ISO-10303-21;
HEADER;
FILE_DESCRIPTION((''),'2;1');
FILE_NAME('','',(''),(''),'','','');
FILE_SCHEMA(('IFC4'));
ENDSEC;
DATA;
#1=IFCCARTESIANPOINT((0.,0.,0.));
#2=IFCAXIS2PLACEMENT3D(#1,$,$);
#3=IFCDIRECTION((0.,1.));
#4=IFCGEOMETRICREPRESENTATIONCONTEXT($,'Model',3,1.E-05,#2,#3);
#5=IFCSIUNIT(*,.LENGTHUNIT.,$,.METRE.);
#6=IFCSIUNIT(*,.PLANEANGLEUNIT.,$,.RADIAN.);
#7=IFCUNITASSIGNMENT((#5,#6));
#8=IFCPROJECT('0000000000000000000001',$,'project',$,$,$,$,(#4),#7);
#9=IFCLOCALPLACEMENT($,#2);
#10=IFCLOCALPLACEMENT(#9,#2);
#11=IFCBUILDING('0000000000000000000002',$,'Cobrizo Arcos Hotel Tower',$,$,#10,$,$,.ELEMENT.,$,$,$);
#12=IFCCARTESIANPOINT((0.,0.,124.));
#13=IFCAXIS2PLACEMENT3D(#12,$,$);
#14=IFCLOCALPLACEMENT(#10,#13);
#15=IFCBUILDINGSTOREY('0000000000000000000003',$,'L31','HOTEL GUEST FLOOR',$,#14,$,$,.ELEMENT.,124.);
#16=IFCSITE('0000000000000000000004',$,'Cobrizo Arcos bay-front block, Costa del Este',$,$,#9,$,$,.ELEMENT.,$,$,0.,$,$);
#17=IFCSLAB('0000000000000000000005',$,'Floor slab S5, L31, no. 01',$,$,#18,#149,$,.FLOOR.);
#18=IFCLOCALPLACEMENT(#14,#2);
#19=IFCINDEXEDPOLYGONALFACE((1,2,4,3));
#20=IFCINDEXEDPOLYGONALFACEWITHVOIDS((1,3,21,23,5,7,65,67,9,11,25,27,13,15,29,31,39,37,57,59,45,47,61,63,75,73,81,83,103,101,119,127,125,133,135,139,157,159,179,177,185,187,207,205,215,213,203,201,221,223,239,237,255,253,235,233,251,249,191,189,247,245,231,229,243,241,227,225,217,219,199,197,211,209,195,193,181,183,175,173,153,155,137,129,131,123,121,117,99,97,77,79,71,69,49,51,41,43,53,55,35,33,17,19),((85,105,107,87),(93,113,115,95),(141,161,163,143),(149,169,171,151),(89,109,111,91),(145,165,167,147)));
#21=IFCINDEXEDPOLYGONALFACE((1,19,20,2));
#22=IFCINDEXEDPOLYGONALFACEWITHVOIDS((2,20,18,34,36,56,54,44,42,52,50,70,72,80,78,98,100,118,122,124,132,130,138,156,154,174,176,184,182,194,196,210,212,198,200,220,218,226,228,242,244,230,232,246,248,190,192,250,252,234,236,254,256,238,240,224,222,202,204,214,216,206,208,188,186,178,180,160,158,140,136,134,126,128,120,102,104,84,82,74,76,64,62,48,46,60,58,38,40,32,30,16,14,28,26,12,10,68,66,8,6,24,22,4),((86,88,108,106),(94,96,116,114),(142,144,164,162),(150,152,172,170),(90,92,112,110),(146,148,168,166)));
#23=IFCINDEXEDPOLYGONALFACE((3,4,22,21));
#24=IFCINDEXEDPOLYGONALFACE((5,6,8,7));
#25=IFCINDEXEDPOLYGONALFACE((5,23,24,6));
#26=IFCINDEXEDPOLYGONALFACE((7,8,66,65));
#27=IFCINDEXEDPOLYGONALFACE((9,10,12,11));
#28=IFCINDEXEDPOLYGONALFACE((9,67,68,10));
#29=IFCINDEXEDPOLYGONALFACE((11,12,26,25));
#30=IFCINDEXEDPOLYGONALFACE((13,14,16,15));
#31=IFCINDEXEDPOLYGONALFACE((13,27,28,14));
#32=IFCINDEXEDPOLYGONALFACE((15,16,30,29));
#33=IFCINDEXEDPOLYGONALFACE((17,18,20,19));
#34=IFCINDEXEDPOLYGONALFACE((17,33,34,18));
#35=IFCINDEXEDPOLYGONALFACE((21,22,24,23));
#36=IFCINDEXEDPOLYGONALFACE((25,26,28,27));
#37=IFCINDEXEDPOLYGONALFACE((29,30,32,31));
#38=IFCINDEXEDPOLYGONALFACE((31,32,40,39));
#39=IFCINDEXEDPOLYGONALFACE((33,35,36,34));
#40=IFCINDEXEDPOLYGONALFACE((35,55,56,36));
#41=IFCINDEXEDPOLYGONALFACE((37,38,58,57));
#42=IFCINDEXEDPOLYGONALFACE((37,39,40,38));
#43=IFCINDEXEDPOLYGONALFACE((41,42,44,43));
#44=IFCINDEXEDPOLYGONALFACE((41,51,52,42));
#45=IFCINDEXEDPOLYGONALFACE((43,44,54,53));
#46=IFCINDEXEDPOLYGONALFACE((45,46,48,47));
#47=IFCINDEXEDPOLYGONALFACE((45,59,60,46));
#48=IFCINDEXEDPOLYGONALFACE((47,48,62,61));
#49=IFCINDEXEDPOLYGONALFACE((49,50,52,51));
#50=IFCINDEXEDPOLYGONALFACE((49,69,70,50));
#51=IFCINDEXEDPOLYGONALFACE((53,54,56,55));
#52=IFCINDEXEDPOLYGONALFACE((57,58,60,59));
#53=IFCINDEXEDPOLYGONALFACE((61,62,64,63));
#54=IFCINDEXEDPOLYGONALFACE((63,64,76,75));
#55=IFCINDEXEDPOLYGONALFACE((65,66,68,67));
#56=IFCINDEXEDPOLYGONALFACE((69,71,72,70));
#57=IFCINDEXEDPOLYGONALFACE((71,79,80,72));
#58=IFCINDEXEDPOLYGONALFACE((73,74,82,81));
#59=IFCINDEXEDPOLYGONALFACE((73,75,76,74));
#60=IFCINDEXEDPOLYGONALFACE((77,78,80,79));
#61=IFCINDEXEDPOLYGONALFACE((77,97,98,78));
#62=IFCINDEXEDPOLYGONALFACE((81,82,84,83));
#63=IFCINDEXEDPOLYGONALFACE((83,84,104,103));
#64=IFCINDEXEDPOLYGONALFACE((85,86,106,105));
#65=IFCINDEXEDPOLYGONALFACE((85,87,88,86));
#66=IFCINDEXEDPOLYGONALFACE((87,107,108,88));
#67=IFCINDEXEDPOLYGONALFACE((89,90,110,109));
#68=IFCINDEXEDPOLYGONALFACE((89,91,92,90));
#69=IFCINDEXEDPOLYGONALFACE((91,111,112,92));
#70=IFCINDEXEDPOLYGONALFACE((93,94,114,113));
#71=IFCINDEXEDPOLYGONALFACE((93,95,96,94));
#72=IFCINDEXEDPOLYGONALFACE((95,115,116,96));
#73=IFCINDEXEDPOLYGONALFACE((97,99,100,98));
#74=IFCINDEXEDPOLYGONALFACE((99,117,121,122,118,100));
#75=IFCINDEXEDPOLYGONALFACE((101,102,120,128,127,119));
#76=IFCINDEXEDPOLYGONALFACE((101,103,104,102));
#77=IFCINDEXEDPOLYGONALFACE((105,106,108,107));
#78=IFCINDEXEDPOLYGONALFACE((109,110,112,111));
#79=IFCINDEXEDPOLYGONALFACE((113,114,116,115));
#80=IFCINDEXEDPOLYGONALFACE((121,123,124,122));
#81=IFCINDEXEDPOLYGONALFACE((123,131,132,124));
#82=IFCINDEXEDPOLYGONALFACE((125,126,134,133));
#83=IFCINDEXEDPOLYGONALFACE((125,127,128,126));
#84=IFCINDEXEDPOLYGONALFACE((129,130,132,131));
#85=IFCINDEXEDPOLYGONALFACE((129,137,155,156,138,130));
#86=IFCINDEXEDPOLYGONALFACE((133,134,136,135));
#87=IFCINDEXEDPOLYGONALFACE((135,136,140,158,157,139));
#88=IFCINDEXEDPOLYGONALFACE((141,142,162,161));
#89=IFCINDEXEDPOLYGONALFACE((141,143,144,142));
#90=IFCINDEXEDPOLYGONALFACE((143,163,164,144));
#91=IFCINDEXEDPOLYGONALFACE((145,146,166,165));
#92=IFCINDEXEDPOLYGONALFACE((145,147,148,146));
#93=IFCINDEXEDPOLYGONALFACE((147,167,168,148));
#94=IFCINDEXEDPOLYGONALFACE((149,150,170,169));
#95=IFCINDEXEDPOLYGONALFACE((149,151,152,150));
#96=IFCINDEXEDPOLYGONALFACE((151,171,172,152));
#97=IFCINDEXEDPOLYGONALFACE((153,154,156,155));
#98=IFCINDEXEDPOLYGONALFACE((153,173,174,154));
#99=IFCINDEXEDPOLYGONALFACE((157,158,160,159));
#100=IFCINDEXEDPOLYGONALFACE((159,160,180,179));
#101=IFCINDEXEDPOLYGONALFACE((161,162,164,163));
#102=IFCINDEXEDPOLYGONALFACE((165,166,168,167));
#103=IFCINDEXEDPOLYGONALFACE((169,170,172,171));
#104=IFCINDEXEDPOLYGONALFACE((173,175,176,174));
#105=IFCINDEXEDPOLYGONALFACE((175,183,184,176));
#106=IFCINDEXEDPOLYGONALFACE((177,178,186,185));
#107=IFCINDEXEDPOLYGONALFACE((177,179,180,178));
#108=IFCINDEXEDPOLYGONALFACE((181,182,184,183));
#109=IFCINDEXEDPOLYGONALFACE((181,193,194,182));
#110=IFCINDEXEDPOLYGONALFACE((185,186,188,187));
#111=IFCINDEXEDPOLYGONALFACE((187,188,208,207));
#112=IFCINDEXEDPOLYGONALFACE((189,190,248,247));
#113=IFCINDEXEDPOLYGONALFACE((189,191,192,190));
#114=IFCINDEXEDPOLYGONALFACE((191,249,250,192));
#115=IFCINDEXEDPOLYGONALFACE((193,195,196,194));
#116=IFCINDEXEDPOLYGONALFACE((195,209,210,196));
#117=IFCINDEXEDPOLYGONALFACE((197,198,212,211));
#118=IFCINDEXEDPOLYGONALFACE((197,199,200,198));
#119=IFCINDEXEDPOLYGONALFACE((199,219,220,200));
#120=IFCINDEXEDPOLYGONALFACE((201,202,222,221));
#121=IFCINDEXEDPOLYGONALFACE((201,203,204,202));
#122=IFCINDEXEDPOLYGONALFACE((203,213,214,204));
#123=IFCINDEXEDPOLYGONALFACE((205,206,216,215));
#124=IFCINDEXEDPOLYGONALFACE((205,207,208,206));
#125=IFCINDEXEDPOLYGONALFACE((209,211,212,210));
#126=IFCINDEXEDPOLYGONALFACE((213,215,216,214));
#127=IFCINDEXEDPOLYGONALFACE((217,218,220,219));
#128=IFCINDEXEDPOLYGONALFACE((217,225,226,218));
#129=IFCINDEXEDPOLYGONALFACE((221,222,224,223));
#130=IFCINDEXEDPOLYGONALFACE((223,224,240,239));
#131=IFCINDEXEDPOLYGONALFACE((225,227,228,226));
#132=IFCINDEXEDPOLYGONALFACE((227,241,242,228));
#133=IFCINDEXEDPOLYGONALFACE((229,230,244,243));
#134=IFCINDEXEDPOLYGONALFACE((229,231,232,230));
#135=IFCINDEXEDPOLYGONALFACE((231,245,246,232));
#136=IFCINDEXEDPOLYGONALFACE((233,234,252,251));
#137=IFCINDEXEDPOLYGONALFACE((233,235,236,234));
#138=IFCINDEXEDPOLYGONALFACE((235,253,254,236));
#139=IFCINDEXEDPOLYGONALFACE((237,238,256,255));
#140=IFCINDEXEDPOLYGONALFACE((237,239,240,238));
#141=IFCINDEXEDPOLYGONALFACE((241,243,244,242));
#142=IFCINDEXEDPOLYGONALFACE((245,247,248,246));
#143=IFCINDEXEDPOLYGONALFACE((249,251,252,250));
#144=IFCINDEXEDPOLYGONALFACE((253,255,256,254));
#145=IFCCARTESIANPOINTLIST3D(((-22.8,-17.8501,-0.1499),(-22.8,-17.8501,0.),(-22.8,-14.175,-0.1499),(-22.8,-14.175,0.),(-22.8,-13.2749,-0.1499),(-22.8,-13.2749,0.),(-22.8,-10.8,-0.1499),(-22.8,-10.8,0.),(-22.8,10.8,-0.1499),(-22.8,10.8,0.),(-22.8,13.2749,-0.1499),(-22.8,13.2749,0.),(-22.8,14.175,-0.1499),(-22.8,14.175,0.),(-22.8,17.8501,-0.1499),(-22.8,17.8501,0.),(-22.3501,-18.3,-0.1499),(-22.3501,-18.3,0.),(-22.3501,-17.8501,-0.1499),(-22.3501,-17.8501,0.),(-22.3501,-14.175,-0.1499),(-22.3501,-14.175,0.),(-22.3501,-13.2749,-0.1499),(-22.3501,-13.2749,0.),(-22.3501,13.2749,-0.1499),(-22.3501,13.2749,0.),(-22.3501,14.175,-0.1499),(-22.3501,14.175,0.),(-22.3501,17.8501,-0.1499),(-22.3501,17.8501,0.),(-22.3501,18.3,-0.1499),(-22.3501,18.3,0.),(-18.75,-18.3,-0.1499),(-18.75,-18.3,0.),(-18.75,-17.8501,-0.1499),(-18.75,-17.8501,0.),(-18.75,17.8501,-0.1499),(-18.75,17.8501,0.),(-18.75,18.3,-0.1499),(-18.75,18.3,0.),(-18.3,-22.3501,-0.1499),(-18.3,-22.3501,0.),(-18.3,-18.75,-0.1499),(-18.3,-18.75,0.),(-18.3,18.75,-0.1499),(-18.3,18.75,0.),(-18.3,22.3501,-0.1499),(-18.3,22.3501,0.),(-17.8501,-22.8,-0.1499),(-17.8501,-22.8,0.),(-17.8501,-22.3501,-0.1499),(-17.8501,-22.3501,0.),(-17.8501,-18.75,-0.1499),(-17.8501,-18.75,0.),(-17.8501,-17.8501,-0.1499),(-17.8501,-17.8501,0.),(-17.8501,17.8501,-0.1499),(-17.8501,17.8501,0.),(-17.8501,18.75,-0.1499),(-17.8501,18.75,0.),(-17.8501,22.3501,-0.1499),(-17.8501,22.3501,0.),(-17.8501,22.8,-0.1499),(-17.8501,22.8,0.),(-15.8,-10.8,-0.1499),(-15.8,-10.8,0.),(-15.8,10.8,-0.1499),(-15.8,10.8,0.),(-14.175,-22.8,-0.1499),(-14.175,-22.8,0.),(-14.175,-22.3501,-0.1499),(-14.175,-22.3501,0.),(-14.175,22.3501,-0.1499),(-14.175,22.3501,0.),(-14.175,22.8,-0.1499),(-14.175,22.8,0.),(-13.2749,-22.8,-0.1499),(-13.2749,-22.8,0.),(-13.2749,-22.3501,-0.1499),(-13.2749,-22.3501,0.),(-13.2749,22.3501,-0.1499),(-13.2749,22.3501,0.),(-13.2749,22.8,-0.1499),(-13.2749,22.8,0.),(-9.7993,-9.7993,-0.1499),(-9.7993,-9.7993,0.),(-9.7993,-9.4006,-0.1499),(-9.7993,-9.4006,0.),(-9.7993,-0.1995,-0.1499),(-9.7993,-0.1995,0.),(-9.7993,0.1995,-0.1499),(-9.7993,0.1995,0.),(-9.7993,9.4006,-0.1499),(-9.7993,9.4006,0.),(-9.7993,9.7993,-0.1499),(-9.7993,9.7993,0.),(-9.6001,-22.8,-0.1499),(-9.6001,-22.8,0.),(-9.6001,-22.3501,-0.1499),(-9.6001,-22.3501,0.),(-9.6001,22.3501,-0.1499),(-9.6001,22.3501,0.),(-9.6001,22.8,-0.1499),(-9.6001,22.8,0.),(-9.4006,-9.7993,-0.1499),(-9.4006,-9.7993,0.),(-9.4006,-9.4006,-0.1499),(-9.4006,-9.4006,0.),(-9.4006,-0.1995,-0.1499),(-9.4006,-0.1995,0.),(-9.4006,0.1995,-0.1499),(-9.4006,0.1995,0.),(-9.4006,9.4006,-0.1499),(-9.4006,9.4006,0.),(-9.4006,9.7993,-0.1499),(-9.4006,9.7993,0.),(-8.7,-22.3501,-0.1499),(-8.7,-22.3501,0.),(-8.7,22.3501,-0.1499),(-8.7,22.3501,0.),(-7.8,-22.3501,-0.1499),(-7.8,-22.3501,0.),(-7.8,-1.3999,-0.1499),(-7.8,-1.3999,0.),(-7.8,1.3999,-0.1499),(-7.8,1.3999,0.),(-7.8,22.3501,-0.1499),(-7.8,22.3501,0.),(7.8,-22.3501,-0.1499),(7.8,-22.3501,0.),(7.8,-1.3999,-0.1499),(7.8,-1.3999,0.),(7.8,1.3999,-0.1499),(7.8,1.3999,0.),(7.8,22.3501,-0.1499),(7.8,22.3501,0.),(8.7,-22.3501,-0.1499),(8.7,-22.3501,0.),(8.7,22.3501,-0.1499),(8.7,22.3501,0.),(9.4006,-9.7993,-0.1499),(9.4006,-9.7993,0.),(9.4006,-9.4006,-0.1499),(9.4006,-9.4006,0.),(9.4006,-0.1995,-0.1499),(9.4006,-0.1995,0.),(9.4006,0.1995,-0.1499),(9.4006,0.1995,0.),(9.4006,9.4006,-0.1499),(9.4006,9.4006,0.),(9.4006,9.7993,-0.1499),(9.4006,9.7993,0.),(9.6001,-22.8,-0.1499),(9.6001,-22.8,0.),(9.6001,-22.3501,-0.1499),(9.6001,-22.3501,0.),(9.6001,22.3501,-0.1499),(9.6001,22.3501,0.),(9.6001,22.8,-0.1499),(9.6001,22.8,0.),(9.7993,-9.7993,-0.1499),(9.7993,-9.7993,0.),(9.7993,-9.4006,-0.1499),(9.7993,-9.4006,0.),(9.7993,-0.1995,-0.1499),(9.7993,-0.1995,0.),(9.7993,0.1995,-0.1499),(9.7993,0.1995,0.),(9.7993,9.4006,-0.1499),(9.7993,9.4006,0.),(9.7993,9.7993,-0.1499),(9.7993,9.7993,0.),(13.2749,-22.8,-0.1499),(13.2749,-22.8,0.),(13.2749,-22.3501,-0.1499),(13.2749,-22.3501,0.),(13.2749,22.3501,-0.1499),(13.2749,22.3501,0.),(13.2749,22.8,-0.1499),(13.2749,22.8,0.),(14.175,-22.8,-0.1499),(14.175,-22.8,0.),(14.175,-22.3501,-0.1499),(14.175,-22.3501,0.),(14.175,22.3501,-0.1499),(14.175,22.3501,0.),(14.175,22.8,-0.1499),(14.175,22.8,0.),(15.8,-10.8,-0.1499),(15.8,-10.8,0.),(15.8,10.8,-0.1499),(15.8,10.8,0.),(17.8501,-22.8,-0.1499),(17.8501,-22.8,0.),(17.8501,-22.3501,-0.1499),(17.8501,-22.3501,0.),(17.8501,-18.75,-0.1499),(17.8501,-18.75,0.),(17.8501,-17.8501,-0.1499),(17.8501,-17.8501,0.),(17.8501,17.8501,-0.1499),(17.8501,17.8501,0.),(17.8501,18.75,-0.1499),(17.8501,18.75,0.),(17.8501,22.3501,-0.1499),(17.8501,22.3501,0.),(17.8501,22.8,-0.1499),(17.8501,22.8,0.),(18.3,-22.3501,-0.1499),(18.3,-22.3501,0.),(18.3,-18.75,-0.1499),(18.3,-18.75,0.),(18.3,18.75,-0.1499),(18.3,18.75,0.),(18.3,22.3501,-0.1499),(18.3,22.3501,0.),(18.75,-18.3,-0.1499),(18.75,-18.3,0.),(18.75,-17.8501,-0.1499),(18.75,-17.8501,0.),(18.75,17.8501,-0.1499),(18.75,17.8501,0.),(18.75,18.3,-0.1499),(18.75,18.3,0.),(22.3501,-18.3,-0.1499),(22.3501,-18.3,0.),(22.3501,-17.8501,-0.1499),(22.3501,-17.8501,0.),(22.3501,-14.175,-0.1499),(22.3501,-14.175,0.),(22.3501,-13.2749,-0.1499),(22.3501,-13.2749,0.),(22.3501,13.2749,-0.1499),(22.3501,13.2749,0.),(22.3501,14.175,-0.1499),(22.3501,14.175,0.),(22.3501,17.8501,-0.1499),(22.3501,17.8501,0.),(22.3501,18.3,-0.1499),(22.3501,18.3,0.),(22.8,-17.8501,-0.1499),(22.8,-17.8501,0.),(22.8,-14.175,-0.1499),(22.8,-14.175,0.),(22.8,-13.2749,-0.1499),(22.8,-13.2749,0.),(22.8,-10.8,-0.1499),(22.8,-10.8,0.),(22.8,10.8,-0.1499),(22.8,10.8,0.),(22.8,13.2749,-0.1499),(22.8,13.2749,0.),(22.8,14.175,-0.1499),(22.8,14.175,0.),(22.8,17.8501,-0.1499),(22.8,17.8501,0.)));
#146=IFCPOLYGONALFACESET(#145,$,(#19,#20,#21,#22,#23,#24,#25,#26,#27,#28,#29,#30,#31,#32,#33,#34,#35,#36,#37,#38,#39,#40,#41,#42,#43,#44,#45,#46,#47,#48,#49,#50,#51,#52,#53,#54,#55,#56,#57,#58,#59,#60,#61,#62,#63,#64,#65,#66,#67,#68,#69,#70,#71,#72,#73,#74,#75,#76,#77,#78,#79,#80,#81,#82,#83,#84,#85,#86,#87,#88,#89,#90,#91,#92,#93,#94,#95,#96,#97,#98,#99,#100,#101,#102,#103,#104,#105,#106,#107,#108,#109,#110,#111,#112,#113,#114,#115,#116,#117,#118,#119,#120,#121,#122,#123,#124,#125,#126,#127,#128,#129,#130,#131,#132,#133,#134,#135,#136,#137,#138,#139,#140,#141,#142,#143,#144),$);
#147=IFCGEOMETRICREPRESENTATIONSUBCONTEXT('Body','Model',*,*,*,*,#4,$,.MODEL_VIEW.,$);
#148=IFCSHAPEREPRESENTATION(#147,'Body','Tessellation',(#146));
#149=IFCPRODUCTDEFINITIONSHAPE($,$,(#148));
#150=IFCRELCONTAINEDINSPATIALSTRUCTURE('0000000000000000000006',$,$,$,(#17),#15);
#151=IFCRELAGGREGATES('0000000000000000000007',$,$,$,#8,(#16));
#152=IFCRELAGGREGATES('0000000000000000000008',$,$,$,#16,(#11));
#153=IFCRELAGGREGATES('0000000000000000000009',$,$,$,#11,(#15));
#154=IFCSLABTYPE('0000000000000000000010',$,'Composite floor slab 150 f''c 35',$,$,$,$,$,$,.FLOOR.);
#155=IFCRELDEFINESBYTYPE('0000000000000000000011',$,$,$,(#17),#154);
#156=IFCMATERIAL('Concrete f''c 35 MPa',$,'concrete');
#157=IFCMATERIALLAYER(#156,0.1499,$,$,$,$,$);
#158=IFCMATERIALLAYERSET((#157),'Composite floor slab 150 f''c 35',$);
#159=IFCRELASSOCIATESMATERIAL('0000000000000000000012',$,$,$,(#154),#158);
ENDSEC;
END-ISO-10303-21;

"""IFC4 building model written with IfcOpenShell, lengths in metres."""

from ifc_helpers import new_model, si_unit, direction, frame, origin, place, context, subcontext, project, spatial, polyline, outline, extrude, material, layer, layer_set, type_object, element, save


model = new_model("IFC4")

# Units and contexts
model_context = context("Model", 3, precision=1e-05, world=origin(), true_north=direction((0.0, 1.0)))
body_context = subcontext(model_context, "Body", "Model", "MODEL_VIEW")
ifc_project = project(units=[si_unit("LENGTHUNIT", "METRE"), si_unit("PLANEANGLEUNIT", "RADIAN")], contexts=[model_context])

# Site, building, storey
site_placement = place(None, origin())
site = spatial("IfcSite", under=ifc_project, at=site_placement, Name="Cobrizo Arcos bay-front block, Costa del Este", CompositionType="ELEMENT", RefElevation=0.0)
building_placement = place(site_placement, origin())
building = spatial("IfcBuilding", under=site, at=building_placement, Name="Cobrizo Arcos Hotel Tower", CompositionType="ELEMENT")
storey_placement = place(building_placement, frame((0.0, 0.0, 124.0)))
storey = spatial("IfcBuildingStorey", under=building, at=storey_placement, Name="L31", Description="HOTEL GUEST FLOOR", CompositionType="ELEMENT", Elevation=124.0)

# Slab
ifc_material_1 = material(Name="Concrete f'c 35 MPa", Category="concrete")
ifc_layer_1 = layer(ifc_material_1, 0.1499)
ifc_layer_set_1 = layer_set([ifc_layer_1], Name="Composite floor slab 150 f'c 35")
slab_type_1 = type_object("IfcSlabType", Name="Composite floor slab 150 f'c 35", PredefinedType="FLOOR", material=ifc_layer_set_1)
slab_1_placement = place(storey_placement, frame((0.0, 0.0, -0.1499)))
element("IfcSlab", 1, at=slab_1_placement, inside=storey, type_object=slab_type_1, Name="Floor slab S5, L31, no. 01", PredefinedType="FLOOR", context=body_context, shape_type="SweptSolid", body=[
    extrude(outline(polyline([(22.3501, 18.3), (22.3501, 17.8501), (22.8, 17.8501), (22.8, 14.175), (22.3501, 14.175), (22.3501, 13.2749), (22.8, 13.2749), (22.8, 10.8), (15.8, 10.8), (15.8, -10.8), (22.8, -10.8), (22.8, -13.2749), (22.3501, -13.2749), (22.3501, -14.175), (22.8, -14.175), (22.8, -17.8501), (22.3501, -17.8501), (22.3501, -18.3), (18.75, -18.3), (18.75, -17.8501), (17.8501, -17.8501), (17.8501, -18.75), (18.3, -18.75), (18.3, -22.3501), (17.8501, -22.3501), (17.8501, -22.8), (14.175, -22.8), (14.175, -22.3501), (13.2749, -22.3501), (13.2749, -22.8), (9.6001, -22.8), (9.6001, -22.3501), (8.7, -22.3501), (7.8, -22.3501), (7.8, -22.8), (7.8, -22.8), (7.8, -1.3999), (-7.8, -1.3999), (-7.8, -22.8), (-7.8, -22.8), (-7.8, -22.3501), (-8.7, -22.3501), (-9.6001, -22.3501), (-9.6001, -22.8), (-13.2749, -22.8), (-13.2749, -22.3501), (-14.175, -22.3501), (-14.175, -22.8), (-17.8501, -22.8), (-17.8501, -22.3501), (-18.3, -22.3501), (-18.3, -18.75), (-17.8501, -18.75), (-17.8501, -17.8501), (-18.75, -17.8501), (-18.75, -18.3), (-22.3501, -18.3), (-22.3501, -17.8501), (-22.8, -17.8501), (-22.8, -14.175), (-22.3501, -14.175), (-22.3501, -13.2749), (-22.8, -13.2749), (-22.8, -10.8), (-15.8, -10.8), (-15.8, 10.8), (-22.8, 10.8), (-22.8, 13.2749), (-22.3501, 13.2749), (-22.3501, 14.175), (-22.8, 14.175), (-22.8, 17.8501), (-22.3501, 17.8501), (-22.3501, 18.3), (-18.75, 18.3), (-18.75, 17.8501), (-17.8501, 17.8501), (-17.8501, 18.75), (-18.3, 18.75), (-18.3, 22.3501), (-17.8501, 22.3501), (-17.8501, 22.8), (-14.175, 22.8), (-14.175, 22.3501), (-13.2749, 22.3501), (-13.2749, 22.8), (-9.6001, 22.8), (-9.6001, 22.3501), (-8.7, 22.3501), (-7.8, 22.3501), (-7.8, 22.8), (-7.8, 22.8), (-7.8, 1.3999), (7.8, 1.3999), (7.8, 22.8), (7.8, 22.8), (7.8, 22.3501), (8.7, 22.3501), (9.6001, 22.3501), (9.6001, 22.8), (13.2749, 22.8), (13.2749, 22.3501), (14.175, 22.3501), (14.175, 22.8), (17.8501, 22.8), (17.8501, 22.3501), (18.3, 22.3501), (18.3, 18.75), (17.8501, 18.75), (17.8501, 17.8501), (18.75, 17.8501), (18.75, 18.3), (22.3501, 18.3)]), holes=[polyline([(-9.7993, -9.7993), (-9.4006, -9.7993), (-9.4006, -9.4006), (-9.7993, -9.4006), (-9.7993, -9.7993)]), polyline([(-9.4006, -0.1995), (-9.4006, 0.1995), (-9.7993, 0.1995), (-9.7993, -0.1995), (-9.4006, -0.1995)]), polyline([(-9.4006, 9.4006), (-9.4006, 9.7993), (-9.7993, 9.7993), (-9.7993, 9.4006), (-9.4006, 9.4006)]), polyline([(9.4006, -9.7993), (9.7993, -9.7993), (9.7993, -9.4006), (9.4006, -9.4006), (9.4006, -9.7993)]), polyline([(9.4006, -0.1995), (9.7993, -0.1995), (9.7993, 0.1995), (9.4006, 0.1995), (9.4006, -0.1995)]), polyline([(9.7993, 9.4006), (9.7993, 9.7993), (9.4006, 9.7993), (9.4006, 9.4006), (9.7993, 9.4006)])]), origin(), (0.0, 0.0, 1.0), 0.1499),
])

save(model, "model.ifc")
